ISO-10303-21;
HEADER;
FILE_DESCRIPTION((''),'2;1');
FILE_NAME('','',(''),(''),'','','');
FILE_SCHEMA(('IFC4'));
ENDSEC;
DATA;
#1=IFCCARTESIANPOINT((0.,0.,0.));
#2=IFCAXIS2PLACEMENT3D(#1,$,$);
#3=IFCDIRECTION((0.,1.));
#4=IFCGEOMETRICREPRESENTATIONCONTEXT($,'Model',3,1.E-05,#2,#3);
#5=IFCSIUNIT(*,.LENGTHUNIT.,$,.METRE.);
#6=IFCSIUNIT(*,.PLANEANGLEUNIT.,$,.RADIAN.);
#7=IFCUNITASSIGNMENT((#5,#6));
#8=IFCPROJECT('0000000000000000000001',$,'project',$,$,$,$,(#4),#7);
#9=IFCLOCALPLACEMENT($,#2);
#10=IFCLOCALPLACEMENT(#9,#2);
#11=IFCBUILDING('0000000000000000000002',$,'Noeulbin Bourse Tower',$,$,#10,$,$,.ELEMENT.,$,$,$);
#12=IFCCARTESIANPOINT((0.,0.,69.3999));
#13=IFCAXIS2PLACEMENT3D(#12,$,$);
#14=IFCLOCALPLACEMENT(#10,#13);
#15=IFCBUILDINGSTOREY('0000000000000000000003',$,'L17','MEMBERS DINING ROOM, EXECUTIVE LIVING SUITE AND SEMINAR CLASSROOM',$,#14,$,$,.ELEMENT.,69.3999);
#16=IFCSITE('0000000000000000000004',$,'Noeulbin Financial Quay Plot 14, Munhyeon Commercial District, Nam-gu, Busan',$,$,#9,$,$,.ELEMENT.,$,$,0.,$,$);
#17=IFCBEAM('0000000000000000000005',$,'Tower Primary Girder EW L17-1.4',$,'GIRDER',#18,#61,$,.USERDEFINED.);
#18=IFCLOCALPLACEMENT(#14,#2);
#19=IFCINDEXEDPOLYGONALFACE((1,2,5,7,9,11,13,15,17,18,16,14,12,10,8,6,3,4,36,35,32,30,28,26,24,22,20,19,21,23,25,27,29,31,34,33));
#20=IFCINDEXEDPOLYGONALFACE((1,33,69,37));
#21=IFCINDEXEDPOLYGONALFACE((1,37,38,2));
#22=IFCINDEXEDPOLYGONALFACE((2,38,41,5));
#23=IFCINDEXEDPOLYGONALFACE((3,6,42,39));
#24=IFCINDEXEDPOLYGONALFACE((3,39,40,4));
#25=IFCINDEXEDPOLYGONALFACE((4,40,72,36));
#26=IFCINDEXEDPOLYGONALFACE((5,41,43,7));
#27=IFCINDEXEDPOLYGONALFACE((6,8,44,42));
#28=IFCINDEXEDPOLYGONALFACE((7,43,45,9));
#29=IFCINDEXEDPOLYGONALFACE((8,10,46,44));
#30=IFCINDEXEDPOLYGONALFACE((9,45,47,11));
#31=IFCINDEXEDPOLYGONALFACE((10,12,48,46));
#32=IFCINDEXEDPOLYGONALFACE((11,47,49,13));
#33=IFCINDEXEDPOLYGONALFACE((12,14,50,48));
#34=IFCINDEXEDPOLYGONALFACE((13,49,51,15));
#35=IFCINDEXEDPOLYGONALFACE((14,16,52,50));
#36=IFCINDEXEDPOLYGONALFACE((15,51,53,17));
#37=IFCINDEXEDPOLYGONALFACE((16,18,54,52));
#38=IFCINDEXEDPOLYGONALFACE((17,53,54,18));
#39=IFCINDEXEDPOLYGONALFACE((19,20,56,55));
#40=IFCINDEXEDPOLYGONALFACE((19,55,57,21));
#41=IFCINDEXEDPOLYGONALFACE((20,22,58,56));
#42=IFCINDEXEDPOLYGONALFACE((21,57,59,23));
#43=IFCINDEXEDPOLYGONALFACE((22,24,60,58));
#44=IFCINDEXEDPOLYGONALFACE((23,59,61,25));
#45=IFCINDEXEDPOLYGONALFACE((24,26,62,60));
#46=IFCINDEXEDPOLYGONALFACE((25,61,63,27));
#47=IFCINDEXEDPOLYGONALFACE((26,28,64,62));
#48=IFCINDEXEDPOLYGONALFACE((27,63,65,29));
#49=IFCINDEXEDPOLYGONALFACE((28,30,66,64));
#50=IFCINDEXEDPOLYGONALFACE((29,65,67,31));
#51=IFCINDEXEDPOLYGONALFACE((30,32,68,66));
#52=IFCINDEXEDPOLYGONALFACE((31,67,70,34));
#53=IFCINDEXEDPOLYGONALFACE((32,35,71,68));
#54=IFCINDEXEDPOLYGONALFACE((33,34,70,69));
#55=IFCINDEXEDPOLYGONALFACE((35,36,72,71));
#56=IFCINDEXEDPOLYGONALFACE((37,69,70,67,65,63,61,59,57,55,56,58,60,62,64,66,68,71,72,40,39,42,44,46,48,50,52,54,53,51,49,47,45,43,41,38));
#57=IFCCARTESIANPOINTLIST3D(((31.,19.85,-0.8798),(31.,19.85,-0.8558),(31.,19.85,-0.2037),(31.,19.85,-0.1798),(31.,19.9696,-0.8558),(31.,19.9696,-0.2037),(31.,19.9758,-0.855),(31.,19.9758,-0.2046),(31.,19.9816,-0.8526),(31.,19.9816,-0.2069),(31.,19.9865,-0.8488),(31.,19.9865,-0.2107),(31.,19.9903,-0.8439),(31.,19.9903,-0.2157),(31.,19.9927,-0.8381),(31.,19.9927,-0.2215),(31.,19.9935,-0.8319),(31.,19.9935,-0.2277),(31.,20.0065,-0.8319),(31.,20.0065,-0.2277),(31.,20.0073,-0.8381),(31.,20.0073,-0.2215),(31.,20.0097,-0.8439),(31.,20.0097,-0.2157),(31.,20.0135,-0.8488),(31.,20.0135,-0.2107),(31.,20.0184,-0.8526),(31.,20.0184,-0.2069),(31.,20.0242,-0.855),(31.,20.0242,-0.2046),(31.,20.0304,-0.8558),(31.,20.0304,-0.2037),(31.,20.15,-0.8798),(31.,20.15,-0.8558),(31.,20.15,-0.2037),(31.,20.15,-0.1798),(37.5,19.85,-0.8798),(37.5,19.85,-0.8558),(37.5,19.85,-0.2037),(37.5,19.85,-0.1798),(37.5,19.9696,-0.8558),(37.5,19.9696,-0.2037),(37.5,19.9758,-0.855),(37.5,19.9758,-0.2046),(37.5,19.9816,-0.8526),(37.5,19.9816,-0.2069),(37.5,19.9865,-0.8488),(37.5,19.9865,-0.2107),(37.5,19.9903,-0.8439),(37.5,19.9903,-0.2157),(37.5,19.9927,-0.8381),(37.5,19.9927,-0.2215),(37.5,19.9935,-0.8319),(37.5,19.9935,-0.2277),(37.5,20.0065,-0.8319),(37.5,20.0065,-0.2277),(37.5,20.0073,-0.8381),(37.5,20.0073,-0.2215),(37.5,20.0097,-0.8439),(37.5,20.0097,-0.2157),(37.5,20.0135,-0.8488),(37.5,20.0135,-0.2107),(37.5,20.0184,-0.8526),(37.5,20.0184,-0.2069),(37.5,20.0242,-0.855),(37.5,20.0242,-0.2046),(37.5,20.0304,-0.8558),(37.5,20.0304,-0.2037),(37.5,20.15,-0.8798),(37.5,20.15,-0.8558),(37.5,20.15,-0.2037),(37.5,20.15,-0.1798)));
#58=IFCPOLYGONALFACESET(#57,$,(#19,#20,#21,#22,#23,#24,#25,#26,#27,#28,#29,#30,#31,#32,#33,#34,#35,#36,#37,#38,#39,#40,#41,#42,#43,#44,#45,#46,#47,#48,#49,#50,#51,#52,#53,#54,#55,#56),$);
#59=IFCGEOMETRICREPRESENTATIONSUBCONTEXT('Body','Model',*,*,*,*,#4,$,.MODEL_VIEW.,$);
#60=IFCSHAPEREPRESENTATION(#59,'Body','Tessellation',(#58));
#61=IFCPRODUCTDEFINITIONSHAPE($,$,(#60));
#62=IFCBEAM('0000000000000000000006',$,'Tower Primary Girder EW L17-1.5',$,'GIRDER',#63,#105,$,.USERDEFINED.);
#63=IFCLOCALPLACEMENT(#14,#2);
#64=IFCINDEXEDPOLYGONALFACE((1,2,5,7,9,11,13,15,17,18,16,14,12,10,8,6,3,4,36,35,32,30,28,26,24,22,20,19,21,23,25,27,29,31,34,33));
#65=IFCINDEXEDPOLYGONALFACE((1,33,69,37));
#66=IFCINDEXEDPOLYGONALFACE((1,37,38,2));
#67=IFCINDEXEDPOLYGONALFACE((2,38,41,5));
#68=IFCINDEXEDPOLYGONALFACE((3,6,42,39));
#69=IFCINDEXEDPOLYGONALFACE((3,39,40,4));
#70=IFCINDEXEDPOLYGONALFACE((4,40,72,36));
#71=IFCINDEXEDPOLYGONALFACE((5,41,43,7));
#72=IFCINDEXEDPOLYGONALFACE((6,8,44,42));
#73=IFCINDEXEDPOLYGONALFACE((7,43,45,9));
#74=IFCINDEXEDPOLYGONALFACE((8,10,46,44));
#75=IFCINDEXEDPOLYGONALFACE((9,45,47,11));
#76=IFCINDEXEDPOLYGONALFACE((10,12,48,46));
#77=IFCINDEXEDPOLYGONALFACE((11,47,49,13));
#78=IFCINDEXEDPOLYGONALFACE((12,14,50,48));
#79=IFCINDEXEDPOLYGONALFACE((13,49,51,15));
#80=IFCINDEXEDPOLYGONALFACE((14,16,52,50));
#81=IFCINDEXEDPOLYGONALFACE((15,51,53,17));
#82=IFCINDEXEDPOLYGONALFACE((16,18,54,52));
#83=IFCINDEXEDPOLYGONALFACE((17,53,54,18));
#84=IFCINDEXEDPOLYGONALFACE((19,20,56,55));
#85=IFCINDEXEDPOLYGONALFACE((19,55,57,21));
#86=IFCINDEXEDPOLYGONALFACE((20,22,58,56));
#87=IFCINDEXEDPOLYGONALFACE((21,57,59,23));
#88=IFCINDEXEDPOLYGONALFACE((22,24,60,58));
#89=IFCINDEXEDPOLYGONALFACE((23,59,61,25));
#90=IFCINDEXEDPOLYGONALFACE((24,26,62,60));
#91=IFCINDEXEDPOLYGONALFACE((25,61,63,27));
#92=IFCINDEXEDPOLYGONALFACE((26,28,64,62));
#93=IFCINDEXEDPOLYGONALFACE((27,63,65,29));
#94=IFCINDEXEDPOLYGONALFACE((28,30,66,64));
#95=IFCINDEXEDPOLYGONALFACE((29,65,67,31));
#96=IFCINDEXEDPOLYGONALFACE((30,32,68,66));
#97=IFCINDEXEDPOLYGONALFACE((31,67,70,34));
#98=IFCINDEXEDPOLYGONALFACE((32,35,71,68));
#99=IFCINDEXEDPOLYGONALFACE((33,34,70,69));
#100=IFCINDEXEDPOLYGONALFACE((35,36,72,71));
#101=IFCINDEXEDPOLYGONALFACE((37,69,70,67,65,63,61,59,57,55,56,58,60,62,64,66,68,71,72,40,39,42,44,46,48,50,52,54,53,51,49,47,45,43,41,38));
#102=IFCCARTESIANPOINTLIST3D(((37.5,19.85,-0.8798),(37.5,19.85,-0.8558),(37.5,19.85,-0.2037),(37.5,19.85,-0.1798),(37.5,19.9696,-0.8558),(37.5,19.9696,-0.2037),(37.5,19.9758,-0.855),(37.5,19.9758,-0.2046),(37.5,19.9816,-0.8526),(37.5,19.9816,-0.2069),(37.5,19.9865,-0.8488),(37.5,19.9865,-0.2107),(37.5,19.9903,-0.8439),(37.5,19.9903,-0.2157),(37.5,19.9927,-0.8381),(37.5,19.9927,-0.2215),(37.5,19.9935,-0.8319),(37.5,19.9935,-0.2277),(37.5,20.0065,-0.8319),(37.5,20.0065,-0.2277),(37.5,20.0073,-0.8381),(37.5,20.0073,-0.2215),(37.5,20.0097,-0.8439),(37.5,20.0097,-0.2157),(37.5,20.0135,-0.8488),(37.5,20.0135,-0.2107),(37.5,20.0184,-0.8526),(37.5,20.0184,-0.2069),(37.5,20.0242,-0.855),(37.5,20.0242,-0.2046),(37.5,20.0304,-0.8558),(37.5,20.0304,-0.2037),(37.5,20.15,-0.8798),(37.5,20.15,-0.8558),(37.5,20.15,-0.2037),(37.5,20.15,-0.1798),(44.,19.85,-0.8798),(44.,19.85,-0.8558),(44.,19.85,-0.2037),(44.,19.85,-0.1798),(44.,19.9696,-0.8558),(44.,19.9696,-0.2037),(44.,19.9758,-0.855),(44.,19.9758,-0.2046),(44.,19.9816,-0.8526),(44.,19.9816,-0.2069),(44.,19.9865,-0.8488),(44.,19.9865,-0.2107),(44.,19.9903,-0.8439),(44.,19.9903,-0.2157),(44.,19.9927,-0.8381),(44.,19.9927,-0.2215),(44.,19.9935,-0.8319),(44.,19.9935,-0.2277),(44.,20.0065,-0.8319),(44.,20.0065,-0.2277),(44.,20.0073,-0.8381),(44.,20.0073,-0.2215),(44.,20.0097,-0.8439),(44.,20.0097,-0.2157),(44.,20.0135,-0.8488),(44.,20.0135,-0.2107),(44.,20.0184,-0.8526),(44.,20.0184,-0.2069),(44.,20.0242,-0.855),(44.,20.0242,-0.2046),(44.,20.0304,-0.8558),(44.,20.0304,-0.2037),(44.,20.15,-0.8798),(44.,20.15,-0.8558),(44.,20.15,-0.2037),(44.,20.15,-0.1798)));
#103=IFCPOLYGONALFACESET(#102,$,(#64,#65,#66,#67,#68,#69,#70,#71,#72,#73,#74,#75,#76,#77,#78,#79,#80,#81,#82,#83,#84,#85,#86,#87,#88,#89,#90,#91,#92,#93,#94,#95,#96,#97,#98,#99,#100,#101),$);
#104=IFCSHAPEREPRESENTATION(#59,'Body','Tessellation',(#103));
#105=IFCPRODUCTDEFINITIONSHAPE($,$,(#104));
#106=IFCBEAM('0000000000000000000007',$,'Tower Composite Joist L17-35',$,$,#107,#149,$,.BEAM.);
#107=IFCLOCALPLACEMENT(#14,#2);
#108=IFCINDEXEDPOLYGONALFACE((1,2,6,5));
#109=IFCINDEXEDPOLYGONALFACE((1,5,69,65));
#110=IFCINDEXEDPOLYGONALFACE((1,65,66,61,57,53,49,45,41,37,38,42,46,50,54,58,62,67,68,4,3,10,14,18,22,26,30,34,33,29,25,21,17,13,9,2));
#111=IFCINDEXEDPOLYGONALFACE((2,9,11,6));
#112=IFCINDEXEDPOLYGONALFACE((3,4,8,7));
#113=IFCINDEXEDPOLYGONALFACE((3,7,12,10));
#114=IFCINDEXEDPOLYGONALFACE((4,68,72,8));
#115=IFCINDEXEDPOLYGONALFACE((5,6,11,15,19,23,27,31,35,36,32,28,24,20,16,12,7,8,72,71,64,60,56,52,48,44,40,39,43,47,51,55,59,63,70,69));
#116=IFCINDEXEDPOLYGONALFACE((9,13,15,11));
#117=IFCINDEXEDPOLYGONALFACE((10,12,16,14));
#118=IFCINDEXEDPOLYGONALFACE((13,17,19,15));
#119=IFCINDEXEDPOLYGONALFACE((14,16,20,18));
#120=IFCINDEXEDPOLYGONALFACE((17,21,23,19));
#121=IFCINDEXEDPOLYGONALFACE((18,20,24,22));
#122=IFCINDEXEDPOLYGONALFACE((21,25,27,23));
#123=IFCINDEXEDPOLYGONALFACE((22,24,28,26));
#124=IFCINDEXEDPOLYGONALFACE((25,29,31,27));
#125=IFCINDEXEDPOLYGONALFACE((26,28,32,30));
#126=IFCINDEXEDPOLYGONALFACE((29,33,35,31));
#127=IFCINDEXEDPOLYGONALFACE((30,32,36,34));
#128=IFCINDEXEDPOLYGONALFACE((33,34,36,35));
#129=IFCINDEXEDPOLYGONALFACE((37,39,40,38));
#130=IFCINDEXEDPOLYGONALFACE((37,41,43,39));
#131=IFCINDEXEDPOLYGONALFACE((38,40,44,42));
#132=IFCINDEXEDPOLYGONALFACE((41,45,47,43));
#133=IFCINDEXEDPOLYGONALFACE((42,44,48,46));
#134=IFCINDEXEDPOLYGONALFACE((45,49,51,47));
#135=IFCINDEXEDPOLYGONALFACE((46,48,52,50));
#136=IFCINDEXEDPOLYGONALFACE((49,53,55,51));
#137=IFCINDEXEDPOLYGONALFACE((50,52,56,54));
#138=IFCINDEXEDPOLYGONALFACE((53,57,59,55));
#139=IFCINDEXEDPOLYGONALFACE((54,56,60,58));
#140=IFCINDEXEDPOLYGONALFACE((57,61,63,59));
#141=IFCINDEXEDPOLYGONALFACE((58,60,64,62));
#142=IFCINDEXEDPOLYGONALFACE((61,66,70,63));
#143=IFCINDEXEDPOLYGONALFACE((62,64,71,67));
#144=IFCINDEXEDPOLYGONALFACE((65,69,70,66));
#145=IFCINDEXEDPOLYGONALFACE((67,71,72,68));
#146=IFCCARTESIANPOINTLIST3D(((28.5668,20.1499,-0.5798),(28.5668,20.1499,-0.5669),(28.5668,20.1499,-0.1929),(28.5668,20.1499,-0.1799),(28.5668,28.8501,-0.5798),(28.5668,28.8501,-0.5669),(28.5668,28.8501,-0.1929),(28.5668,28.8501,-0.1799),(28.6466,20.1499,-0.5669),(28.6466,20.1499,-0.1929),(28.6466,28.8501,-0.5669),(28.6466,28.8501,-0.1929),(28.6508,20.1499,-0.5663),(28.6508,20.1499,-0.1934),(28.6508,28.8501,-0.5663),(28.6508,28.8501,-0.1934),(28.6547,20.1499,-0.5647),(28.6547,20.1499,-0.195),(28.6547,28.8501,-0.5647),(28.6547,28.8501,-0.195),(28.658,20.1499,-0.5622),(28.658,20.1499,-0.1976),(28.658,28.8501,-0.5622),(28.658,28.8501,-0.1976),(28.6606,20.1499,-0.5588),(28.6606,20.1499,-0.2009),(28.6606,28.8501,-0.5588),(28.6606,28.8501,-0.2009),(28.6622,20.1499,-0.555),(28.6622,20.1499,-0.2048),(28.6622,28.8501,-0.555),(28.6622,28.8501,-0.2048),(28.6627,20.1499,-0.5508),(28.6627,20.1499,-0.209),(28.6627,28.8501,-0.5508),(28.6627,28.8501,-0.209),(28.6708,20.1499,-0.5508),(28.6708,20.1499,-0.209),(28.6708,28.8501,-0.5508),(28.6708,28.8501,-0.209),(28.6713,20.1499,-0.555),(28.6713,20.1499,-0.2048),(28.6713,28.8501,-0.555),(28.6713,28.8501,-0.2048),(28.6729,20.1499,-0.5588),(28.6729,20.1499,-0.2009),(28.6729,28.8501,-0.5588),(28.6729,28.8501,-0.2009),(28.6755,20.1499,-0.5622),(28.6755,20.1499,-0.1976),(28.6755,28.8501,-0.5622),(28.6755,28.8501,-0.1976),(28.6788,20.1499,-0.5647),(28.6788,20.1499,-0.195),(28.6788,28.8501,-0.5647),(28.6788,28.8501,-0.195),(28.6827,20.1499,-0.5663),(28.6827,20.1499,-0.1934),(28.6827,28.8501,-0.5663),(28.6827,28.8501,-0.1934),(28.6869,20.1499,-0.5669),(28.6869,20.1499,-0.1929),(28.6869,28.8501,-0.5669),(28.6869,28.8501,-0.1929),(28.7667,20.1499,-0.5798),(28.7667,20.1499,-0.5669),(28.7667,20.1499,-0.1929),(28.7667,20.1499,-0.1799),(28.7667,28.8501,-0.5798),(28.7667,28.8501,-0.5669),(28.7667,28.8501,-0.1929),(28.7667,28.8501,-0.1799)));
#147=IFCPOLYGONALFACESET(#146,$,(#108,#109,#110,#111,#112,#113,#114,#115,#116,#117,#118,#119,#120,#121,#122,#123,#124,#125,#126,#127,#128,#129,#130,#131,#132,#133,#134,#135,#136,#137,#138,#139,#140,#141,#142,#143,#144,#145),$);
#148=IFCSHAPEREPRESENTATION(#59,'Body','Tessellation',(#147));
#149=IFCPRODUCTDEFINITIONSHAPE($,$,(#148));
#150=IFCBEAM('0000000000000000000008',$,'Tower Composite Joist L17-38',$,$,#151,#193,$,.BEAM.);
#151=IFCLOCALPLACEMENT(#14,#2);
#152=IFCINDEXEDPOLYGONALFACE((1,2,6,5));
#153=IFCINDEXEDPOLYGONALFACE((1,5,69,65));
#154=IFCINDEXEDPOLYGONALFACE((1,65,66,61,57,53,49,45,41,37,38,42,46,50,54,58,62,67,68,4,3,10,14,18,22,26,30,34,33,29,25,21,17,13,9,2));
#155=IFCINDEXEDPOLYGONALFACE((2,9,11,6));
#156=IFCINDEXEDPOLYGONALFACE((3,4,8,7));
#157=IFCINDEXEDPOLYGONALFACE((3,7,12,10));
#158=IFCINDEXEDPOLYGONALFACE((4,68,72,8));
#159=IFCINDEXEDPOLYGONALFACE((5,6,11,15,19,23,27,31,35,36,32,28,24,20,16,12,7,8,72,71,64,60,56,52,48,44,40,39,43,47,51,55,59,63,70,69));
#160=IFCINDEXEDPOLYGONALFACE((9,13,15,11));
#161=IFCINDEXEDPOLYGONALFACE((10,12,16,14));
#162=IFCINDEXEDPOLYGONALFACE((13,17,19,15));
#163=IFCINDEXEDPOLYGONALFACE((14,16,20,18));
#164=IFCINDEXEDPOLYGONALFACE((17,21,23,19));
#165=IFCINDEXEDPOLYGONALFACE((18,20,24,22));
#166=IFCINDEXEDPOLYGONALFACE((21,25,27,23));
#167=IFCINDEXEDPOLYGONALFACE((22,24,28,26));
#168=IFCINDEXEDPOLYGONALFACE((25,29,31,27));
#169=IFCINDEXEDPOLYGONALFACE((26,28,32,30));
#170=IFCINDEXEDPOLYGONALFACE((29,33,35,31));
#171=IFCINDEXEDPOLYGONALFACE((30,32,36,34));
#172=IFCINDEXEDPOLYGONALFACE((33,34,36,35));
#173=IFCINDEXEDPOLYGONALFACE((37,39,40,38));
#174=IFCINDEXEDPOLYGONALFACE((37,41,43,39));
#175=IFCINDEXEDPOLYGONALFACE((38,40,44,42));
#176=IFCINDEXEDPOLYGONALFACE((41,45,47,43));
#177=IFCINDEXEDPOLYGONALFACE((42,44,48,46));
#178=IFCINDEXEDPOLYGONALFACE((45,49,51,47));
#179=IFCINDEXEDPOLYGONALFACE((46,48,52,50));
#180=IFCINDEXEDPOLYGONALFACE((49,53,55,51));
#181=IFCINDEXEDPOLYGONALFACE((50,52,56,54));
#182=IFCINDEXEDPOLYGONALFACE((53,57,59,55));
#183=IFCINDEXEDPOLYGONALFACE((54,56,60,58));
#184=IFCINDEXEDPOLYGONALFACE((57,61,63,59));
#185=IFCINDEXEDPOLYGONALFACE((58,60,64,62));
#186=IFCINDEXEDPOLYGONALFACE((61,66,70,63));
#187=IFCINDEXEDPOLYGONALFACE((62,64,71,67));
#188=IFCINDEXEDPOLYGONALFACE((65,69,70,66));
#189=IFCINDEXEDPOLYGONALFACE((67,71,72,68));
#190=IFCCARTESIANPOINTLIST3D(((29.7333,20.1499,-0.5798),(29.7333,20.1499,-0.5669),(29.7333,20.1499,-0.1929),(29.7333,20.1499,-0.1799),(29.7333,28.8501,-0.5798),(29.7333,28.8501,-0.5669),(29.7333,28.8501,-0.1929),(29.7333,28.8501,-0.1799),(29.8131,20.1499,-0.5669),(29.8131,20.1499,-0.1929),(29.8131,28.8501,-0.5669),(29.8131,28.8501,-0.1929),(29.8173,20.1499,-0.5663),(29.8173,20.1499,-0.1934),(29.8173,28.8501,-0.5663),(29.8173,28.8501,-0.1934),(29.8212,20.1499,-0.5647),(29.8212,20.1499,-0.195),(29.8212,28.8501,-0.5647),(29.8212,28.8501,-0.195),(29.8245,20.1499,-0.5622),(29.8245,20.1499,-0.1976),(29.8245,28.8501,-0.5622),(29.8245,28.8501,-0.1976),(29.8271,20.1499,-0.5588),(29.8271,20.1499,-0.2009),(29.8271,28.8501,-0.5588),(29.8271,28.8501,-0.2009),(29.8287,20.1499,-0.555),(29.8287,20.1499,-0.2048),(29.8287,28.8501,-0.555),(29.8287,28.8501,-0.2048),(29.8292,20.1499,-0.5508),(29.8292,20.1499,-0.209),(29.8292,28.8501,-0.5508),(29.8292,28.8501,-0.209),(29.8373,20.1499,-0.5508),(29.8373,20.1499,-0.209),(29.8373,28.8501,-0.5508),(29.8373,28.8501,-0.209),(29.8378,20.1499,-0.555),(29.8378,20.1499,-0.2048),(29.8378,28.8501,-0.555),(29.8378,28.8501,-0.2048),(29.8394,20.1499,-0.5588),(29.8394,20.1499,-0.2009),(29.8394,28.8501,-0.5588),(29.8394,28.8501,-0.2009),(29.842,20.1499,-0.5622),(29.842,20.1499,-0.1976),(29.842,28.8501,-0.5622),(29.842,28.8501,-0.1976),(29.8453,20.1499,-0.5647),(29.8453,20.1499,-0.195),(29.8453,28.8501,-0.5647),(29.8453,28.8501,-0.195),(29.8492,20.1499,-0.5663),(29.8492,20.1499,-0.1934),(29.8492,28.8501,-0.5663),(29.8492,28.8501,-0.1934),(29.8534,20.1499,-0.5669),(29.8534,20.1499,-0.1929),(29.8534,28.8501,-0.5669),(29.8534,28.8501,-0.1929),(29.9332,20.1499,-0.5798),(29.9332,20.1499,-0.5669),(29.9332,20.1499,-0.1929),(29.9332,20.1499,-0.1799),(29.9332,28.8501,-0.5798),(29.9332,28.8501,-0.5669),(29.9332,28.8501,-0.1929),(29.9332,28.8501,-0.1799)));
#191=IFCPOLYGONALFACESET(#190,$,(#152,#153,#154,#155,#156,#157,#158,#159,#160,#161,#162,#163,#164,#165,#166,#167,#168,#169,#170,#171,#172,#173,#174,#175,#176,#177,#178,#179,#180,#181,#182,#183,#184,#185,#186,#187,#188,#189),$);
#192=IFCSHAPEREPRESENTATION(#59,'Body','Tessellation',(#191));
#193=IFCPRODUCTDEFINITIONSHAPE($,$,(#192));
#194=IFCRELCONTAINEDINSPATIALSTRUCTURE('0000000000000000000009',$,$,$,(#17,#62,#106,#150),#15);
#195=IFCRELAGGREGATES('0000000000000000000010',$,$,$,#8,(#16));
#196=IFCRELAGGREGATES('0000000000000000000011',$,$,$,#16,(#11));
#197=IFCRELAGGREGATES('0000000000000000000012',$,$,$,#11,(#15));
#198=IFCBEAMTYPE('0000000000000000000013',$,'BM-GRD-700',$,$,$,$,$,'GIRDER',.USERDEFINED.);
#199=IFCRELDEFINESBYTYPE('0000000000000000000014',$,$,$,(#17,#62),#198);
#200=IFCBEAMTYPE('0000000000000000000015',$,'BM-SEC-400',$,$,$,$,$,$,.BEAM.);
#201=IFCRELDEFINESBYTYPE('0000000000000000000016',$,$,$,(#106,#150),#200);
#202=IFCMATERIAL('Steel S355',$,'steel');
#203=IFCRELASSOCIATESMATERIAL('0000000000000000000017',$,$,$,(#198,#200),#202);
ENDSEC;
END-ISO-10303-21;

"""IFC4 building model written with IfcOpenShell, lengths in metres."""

from ifc_helpers import new_model, si_unit, direction, frame, origin, origin_2d, place, context, subcontext, project, spatial, i_section, extrude, material, material_profile, profile_set, type_object, element, save


model = new_model("IFC4")

# Units and contexts
model_context = context("Model", 3, precision=1e-05, world=origin(), true_north=direction((0.0, 1.0)))
body_context = subcontext(model_context, "Body", "Model", "MODEL_VIEW")
ifc_project = project(units=[si_unit("LENGTHUNIT", "METRE"), si_unit("PLANEANGLEUNIT", "RADIAN")], contexts=[model_context])

# Site, building, storey
site_placement = place(None, origin())
site = spatial("IfcSite", under=ifc_project, at=site_placement, Name="Noeulbin Financial Quay Plot 14, Munhyeon Commercial District, Nam-gu, Busan", CompositionType="ELEMENT", RefElevation=0.0)
building_placement = place(site_placement, origin())
building = spatial("IfcBuilding", under=site, at=building_placement, Name="Noeulbin Bourse Tower", CompositionType="ELEMENT")
storey_placement = place(building_placement, frame((0.0, 0.0, 69.3999)))
storey = spatial("IfcBuildingStorey", under=building, at=storey_placement, Name="L17", Description="MEMBERS DINING ROOM, EXECUTIVE LIVING SUITE AND SEMINAR CLASSROOM", CompositionType="ELEMENT", Elevation=69.3999)

# Beams
ifc_material_1 = material(Name="Steel S355", Category="steel")
ifc_material_profile_1 = material_profile(ifc_material_1, i_section(OverallWidth=0.3, OverallDepth=0.7, WebThickness=0.0129, FlangeThickness=0.0239, FilletRadius=0.0239, at=origin_2d()), Name="H-700x300x13x24", Category="LoadBearing")
ifc_profile_set_1 = profile_set([ifc_material_profile_1], Name="Steel S355")
beam_type_1 = type_object("IfcBeamType", Name="BM-GRD-700", ElementType="GIRDER", PredefinedType="USERDEFINED", material=ifc_profile_set_1)
for number, where, z_axis, x_axis, name in (
    (1, (31.0, 20.0, -0.5298), (1.0, 0.0, 0.0), (0.0, 1.0, 0.0), "Tower Primary Girder EW L17-1.4"),
    (2, (37.5, 20.0, -0.5298), (1.0, 0.0, 0.0), (0.0, 1.0, 0.0), "Tower Primary Girder EW L17-1.5"),
):
    element("IfcBeam", number, at=place(storey_placement, frame(where, z_axis=z_axis, x_axis=x_axis)), inside=storey, type_object=beam_type_1, Name=name, ObjectType="GIRDER", PredefinedType="USERDEFINED", context=body_context, shape_type="SweptSolid", body=[
        extrude(i_section(OverallWidth=0.3, OverallDepth=0.7, WebThickness=0.0129, FlangeThickness=0.0239, FilletRadius=0.0239, at=origin_2d()), origin(), (0.0, 0.0, 1.0), 6.5),
    ])
ifc_material_profile_2 = material_profile(ifc_material_1, i_section(OverallWidth=0.2, OverallDepth=0.3999, WebThickness=0.0081, FlangeThickness=0.0129, FilletRadius=0.0161, at=origin_2d()), Name="H-400x200x8x13", Category="LoadBearing")
ifc_profile_set_2 = profile_set([ifc_material_profile_2], Name="Steel S355")
beam_type_2 = type_object("IfcBeamType", Name="BM-SEC-400", PredefinedType="BEAM", material=ifc_profile_set_2)
for number, where, z_axis, x_axis, name in (
    (3, (28.6667, 20.1499, -0.3799), (0.0, 1.0, 0.0), (-1.0, 0.0, 0.0), "Tower Composite Joist L17-35"),
    (4, (29.8333, 20.1499, -0.3799), (0.0, 1.0, 0.0), (-1.0, 0.0, 0.0), "Tower Composite Joist L17-38"),
):
    element("IfcBeam", number, at=place(storey_placement, frame(where, z_axis=z_axis, x_axis=x_axis)), inside=storey, type_object=beam_type_2, Name=name, PredefinedType="BEAM", context=body_context, shape_type="SweptSolid", body=[
        extrude(i_section(OverallWidth=0.2, OverallDepth=0.3999, WebThickness=0.0081, FlangeThickness=0.0129, FilletRadius=0.0161, at=origin_2d()), origin(), (0.0, 0.0, 1.0), 8.7002),
    ])

save(model, "model.ifc")
